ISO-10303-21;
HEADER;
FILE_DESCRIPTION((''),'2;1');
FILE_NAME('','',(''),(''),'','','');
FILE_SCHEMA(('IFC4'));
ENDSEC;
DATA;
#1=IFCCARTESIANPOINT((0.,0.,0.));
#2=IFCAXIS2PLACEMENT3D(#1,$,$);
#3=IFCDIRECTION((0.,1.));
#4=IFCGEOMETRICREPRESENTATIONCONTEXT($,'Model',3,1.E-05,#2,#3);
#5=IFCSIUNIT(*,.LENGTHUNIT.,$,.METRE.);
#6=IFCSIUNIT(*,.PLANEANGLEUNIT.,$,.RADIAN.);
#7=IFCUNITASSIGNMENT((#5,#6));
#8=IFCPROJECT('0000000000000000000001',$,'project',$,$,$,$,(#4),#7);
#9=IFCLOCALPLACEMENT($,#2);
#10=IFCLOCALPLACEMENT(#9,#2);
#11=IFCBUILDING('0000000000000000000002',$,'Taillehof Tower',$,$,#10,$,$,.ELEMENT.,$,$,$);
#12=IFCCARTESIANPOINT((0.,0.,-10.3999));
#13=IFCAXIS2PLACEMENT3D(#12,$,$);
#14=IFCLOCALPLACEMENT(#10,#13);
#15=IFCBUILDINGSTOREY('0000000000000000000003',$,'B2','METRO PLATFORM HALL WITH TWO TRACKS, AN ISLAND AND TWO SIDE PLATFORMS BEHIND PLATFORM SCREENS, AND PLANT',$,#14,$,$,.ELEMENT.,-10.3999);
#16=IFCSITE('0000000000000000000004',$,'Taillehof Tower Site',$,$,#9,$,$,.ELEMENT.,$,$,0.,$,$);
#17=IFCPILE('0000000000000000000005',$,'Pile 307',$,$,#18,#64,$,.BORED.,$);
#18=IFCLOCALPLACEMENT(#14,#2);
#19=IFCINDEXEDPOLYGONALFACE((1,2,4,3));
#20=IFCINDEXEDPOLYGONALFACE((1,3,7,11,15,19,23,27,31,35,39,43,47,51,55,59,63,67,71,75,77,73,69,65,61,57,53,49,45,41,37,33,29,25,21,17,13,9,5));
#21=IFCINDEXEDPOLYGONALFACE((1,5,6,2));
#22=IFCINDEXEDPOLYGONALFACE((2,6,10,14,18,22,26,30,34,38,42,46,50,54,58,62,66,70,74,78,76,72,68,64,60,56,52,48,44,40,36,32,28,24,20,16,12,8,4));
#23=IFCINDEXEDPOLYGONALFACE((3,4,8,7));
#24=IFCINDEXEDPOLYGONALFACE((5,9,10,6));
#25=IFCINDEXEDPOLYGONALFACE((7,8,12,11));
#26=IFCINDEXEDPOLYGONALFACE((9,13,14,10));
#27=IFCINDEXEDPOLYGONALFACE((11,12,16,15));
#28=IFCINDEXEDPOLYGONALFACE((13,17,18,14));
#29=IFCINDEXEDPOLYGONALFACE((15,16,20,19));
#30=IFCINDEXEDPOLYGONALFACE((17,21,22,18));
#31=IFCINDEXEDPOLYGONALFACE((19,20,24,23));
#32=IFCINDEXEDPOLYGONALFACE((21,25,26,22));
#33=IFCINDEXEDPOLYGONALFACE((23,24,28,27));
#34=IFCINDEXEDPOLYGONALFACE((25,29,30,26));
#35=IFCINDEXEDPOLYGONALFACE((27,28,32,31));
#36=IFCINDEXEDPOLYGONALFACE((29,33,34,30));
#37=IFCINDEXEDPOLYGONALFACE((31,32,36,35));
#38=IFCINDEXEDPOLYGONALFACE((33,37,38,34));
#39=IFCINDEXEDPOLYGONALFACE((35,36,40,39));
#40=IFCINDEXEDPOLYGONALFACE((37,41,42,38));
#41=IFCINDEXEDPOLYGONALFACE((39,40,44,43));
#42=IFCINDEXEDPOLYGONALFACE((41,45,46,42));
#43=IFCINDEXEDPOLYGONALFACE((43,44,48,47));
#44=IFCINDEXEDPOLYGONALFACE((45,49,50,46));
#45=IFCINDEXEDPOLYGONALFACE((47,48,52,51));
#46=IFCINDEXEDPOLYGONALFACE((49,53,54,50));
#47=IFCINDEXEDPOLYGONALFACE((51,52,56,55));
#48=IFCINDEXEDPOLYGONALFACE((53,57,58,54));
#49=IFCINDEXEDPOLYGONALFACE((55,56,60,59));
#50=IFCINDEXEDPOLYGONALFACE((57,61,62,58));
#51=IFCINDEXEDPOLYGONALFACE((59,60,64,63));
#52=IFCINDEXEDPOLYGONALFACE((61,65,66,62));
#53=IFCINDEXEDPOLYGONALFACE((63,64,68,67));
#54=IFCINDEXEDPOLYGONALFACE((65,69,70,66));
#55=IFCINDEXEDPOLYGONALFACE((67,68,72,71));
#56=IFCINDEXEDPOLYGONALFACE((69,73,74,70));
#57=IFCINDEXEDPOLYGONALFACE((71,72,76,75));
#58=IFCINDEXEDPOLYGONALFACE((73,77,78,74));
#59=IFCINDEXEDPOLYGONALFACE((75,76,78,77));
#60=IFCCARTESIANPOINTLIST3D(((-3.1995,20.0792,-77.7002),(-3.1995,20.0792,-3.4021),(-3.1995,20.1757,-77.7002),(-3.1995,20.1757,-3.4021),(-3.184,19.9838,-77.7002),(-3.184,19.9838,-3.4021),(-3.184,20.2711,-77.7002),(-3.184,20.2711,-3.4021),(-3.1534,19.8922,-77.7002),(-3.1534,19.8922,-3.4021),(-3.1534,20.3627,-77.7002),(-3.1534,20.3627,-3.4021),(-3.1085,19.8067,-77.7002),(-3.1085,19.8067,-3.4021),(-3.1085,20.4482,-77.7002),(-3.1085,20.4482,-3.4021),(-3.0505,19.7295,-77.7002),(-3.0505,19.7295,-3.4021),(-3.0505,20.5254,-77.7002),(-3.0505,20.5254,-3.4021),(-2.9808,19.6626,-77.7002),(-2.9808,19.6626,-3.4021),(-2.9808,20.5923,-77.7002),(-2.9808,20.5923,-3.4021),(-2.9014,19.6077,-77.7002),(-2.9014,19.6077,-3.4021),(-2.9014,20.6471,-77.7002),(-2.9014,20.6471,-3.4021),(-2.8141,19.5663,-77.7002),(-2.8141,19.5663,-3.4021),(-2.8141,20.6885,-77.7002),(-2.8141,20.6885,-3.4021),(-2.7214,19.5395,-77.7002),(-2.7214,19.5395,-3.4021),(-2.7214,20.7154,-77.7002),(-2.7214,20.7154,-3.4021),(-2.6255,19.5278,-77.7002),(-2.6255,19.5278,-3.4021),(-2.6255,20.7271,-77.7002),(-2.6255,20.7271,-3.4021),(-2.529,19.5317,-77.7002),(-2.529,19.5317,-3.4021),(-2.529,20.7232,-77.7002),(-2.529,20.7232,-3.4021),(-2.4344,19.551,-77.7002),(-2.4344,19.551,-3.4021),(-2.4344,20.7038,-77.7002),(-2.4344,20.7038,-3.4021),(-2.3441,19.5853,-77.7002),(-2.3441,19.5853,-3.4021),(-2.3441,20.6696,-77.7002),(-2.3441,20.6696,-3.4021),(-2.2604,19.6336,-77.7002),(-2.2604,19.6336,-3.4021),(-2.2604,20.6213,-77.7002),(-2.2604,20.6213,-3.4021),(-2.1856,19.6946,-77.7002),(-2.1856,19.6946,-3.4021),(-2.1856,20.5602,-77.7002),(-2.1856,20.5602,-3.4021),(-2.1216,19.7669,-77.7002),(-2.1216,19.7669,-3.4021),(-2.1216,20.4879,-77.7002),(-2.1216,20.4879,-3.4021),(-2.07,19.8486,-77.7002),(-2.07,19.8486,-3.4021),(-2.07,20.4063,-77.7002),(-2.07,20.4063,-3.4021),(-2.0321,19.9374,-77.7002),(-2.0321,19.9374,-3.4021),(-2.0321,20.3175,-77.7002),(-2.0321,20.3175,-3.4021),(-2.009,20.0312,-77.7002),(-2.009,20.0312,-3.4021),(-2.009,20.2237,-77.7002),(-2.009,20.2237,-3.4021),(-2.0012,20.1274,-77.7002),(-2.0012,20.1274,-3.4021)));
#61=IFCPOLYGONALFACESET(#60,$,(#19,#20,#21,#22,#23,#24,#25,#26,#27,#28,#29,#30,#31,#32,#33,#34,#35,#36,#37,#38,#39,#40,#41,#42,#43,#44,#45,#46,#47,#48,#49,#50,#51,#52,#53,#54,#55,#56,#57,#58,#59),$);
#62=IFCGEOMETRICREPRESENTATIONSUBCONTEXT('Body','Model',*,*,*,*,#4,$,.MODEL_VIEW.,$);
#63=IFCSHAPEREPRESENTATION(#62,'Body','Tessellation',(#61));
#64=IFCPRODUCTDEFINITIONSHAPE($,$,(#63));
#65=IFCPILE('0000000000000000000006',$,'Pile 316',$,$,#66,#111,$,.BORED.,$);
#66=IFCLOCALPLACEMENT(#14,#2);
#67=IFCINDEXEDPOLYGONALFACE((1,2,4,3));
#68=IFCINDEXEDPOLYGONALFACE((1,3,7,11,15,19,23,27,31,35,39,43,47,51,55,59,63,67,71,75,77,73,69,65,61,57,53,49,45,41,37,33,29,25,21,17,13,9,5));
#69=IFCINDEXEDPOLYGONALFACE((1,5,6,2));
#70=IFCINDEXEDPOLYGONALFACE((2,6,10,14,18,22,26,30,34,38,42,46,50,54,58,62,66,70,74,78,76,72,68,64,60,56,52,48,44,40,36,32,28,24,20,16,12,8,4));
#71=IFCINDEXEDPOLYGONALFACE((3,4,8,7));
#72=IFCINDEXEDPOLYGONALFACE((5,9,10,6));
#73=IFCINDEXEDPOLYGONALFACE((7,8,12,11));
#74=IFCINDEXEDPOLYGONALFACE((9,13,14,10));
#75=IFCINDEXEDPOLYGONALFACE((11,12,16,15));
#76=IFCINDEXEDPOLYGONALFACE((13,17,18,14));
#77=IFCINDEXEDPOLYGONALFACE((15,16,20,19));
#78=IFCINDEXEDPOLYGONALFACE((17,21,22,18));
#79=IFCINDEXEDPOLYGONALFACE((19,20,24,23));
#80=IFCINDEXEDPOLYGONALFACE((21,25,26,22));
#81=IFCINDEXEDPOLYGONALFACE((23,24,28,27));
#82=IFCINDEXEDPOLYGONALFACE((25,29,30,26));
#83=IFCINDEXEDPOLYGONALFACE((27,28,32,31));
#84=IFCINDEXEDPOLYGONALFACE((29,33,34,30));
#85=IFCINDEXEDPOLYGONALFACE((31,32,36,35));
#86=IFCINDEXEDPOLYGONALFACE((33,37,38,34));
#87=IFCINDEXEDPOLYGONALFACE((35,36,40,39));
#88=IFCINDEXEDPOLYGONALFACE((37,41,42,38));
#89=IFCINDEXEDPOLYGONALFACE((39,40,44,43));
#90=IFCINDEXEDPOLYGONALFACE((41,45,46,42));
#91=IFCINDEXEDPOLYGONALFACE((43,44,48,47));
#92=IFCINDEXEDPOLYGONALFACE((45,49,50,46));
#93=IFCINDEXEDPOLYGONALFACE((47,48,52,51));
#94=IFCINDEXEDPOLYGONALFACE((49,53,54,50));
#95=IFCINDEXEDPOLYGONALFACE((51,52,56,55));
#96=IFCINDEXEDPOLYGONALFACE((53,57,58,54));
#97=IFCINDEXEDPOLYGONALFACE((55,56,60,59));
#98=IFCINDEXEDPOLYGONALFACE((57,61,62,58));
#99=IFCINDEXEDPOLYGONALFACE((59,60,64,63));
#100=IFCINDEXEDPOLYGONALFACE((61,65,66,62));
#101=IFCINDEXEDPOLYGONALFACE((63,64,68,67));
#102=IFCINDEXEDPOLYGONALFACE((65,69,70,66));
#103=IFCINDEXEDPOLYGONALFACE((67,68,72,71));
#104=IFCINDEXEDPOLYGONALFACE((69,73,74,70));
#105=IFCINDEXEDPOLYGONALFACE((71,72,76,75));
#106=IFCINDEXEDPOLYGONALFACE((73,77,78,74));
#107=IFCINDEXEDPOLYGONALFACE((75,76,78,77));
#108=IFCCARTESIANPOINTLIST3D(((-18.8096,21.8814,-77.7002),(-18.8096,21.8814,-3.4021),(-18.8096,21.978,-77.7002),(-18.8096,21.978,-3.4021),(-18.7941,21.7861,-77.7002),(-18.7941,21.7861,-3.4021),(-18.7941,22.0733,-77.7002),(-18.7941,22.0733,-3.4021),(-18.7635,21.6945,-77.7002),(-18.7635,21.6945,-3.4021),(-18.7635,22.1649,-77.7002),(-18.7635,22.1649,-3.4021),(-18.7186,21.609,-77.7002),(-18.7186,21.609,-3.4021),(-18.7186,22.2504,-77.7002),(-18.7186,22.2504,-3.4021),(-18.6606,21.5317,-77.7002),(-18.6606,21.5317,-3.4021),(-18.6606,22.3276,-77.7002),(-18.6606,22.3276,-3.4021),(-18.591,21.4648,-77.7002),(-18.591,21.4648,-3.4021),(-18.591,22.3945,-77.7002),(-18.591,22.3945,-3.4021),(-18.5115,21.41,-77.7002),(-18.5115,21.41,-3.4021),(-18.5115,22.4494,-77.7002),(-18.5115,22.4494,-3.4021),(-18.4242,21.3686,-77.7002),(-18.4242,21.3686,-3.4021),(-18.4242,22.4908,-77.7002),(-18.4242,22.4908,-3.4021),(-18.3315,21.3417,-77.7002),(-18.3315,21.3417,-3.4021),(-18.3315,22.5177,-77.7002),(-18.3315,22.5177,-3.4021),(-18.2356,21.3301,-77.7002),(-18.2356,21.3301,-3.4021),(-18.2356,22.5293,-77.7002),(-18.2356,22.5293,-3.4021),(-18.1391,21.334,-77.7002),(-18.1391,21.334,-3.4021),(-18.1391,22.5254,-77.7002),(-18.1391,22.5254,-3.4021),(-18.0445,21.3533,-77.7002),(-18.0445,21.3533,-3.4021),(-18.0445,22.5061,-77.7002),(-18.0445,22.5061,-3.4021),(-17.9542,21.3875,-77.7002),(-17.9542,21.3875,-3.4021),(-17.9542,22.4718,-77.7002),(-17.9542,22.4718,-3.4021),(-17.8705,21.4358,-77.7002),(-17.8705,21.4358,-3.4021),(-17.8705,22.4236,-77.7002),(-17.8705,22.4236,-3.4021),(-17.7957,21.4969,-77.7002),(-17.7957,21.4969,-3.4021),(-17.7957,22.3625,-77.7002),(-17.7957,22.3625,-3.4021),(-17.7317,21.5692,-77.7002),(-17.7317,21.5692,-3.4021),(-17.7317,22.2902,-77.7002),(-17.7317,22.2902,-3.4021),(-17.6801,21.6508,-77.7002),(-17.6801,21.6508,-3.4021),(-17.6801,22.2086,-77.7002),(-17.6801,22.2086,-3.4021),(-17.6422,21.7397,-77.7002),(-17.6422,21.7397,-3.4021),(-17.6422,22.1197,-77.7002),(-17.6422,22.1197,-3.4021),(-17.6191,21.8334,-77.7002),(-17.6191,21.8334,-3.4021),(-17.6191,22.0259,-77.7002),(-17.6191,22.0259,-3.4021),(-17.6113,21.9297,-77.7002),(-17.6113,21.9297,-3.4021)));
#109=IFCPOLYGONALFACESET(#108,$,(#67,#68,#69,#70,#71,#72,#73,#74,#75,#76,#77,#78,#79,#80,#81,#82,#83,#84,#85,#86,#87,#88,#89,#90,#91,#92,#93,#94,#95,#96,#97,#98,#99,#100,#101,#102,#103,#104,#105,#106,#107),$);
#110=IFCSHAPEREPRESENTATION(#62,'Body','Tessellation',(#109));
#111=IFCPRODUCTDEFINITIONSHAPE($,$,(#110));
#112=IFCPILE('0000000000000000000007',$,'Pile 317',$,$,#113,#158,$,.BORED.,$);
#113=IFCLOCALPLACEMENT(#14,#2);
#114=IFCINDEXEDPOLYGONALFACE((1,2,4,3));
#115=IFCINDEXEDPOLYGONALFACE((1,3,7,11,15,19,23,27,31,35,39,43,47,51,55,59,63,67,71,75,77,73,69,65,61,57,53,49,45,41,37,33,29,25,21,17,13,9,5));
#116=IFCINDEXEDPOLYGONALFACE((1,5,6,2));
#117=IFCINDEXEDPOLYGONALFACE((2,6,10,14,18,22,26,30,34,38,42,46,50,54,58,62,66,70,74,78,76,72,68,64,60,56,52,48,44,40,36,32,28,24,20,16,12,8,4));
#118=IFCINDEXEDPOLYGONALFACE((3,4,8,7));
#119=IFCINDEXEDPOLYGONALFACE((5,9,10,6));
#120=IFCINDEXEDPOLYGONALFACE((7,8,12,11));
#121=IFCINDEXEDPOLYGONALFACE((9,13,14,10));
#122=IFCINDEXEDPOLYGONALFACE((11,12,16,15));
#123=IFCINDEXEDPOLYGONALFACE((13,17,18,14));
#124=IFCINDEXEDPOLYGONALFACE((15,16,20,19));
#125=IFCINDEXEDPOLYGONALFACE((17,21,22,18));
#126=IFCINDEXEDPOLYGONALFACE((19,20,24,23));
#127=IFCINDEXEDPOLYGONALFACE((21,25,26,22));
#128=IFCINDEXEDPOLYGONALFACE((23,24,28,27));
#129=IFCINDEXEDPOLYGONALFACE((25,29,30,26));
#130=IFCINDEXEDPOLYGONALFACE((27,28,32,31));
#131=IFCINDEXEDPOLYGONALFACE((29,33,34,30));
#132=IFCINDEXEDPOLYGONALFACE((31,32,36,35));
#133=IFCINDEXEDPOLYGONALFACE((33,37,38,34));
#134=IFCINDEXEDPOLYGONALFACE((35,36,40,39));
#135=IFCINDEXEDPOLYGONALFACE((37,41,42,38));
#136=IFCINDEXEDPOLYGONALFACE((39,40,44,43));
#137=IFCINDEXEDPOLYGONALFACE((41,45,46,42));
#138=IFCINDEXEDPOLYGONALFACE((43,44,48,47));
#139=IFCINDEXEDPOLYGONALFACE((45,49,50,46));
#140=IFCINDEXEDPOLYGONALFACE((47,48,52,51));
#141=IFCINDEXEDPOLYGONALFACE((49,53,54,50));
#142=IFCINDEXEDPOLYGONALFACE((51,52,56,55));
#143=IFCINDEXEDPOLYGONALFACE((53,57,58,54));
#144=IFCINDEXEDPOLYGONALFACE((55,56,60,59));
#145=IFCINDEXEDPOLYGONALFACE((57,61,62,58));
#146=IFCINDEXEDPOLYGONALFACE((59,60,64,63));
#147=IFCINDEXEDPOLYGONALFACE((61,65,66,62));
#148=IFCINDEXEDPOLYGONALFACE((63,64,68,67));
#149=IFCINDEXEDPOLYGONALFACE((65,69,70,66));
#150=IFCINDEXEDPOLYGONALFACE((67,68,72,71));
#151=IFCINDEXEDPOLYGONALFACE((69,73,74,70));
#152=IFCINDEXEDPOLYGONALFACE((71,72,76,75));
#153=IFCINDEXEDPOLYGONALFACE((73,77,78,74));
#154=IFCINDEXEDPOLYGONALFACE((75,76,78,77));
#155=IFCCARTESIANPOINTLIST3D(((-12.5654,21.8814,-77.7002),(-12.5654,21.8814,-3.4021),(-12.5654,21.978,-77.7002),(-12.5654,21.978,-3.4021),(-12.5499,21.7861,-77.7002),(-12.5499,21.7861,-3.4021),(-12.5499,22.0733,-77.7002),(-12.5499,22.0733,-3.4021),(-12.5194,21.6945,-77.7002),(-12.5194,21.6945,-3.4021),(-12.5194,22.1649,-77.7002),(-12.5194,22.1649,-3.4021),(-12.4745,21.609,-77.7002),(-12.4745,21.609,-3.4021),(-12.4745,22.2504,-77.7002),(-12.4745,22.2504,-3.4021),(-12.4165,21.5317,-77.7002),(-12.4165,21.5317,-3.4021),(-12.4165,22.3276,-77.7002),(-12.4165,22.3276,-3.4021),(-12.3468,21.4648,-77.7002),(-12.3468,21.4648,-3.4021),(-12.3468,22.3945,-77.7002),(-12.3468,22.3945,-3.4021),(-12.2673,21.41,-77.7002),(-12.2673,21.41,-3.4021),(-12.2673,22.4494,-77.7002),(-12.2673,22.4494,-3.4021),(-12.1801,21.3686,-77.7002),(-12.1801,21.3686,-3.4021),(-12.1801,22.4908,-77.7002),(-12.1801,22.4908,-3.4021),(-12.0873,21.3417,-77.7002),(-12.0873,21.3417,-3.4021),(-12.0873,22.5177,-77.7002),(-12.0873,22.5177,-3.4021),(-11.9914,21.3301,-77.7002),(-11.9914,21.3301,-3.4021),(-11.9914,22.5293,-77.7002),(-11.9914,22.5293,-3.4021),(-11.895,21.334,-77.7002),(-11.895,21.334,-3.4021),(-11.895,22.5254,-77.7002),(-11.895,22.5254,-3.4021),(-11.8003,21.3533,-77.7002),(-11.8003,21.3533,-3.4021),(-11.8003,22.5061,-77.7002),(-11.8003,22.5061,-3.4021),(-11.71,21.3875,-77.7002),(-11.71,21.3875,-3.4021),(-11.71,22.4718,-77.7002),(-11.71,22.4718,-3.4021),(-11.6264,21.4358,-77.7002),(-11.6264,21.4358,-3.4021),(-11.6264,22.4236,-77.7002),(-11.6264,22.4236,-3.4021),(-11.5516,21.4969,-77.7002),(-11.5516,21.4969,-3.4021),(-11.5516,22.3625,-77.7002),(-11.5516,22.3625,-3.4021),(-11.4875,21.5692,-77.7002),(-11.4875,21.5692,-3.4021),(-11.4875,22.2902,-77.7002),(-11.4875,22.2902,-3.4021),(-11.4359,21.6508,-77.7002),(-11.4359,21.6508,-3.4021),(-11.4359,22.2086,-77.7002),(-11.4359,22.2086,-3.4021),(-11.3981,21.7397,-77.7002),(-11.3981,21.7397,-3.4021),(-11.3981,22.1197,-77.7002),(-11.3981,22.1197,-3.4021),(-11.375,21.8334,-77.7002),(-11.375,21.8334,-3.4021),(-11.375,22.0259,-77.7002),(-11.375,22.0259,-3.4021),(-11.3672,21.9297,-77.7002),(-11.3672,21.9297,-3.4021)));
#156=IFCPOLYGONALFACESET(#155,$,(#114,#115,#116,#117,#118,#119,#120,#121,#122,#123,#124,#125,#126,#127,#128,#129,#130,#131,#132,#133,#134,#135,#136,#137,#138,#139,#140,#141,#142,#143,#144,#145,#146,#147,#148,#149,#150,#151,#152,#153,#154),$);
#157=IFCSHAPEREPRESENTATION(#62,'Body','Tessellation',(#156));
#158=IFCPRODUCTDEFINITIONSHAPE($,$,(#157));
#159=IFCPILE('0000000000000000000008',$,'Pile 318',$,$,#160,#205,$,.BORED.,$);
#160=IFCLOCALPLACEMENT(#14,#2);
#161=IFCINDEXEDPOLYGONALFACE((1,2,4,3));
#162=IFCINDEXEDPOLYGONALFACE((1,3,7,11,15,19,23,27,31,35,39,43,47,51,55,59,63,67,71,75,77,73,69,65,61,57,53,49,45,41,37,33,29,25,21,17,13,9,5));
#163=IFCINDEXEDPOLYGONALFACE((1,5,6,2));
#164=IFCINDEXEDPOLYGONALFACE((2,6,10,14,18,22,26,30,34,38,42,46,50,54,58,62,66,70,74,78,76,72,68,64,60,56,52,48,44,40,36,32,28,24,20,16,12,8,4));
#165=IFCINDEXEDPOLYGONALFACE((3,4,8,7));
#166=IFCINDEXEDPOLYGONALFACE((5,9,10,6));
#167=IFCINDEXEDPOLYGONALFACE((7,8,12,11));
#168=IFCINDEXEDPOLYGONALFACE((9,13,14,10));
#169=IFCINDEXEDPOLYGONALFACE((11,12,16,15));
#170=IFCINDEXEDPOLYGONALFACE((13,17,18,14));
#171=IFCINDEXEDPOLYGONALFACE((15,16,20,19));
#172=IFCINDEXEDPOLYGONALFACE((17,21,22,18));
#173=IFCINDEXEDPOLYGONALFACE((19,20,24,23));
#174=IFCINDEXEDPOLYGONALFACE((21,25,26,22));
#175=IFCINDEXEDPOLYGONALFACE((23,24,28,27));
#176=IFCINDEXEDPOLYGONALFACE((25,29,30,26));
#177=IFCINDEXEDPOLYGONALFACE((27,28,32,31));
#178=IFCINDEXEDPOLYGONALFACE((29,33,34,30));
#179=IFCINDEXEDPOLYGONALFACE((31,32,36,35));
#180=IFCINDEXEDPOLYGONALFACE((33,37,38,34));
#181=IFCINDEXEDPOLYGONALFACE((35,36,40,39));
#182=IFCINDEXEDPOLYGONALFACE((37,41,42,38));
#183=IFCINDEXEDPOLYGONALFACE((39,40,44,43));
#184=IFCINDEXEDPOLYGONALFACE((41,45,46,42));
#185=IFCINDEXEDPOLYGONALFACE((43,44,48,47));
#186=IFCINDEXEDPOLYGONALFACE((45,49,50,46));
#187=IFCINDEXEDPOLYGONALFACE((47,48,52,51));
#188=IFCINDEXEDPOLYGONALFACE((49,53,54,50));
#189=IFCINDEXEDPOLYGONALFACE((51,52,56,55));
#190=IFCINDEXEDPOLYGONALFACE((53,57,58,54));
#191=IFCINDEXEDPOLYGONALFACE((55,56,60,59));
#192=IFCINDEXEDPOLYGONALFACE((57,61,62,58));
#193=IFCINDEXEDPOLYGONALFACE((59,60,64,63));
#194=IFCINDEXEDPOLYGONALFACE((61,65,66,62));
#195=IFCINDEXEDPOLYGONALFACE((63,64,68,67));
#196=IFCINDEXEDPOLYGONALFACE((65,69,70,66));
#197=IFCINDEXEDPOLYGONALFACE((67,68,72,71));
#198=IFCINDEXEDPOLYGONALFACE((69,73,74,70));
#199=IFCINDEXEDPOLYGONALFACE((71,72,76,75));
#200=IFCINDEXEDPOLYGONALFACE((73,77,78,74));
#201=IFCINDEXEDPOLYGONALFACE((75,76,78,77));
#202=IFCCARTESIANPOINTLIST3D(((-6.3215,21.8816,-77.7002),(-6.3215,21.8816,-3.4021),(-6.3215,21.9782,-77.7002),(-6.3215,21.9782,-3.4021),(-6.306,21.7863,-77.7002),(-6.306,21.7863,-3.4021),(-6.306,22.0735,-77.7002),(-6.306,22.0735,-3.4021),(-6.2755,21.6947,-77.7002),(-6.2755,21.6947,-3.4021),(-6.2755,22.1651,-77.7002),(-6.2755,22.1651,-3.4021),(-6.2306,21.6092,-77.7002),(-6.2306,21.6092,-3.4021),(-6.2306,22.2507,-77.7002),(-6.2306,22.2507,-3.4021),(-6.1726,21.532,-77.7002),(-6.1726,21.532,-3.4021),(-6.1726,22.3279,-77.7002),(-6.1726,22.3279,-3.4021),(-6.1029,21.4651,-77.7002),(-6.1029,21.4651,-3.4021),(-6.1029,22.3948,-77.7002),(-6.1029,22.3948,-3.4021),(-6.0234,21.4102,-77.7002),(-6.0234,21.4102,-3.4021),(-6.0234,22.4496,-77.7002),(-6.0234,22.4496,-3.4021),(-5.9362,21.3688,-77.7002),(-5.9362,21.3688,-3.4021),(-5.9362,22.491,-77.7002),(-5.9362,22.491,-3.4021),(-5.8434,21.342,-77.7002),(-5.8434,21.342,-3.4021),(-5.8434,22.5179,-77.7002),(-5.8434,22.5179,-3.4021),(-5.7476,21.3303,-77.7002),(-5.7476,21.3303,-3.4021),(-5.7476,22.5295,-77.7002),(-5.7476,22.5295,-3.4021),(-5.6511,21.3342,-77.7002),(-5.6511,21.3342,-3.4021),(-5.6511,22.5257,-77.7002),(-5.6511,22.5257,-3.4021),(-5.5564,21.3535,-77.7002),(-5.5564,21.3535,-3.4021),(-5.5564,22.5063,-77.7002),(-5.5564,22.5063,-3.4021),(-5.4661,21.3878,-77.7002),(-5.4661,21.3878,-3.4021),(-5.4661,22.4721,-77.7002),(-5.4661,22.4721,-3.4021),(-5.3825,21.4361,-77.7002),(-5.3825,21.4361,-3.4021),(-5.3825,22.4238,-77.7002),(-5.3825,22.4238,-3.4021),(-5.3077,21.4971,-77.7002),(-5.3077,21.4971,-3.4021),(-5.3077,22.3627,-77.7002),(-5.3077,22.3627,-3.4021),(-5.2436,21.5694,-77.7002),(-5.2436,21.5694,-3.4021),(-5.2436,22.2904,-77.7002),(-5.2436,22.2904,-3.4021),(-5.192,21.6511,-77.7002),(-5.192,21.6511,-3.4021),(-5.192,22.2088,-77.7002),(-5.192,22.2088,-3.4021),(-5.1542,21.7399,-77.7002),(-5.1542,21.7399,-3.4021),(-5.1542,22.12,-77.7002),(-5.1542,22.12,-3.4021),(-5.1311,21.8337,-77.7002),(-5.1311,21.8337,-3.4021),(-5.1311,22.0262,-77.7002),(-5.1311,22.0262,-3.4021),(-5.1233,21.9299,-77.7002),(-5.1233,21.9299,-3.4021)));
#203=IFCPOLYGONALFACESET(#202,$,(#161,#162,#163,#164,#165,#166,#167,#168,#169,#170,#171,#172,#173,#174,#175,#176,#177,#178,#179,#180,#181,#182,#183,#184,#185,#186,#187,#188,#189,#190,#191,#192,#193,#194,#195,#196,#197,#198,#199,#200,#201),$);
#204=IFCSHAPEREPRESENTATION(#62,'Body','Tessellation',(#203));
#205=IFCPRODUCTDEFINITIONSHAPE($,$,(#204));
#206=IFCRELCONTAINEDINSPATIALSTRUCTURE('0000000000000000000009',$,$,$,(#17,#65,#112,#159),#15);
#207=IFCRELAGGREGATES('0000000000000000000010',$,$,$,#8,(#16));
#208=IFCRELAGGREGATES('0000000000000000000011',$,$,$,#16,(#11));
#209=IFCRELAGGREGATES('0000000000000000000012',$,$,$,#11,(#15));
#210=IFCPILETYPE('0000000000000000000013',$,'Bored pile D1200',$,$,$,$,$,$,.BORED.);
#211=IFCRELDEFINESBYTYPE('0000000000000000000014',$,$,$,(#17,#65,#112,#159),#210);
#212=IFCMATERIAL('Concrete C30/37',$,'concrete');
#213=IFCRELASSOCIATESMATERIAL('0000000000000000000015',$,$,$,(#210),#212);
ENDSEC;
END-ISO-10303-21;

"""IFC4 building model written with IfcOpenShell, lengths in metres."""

from ifc_helpers import new_model, si_unit, direction, frame, origin, origin_2d, place, context, subcontext, project, spatial, circle, extrude, material, material_profile, profile_set, type_object, element, save


model = new_model("IFC4")

# Units and contexts
model_context = context("Model", 3, precision=1e-05, world=origin(), true_north=direction((0.0, 1.0)))
body_context = subcontext(model_context, "Body", "Model", "MODEL_VIEW")
ifc_project = project(units=[si_unit("LENGTHUNIT", "METRE"), si_unit("PLANEANGLEUNIT", "RADIAN")], contexts=[model_context])

# Site, building, storey
site_placement = place(None, origin())
site = spatial("IfcSite", under=ifc_project, at=site_placement, Name="Taillehof Tower Site", CompositionType="ELEMENT", RefElevation=0.0)
building_placement = place(site_placement, origin())
building = spatial("IfcBuilding", under=site, at=building_placement, Name="Taillehof Tower", CompositionType="ELEMENT")
storey_placement = place(building_placement, frame((0.0, 0.0, -10.3999)))
storey = spatial("IfcBuildingStorey", under=building, at=storey_placement, Name="B2", Description="METRO PLATFORM HALL WITH TWO TRACKS, AN ISLAND AND TWO SIDE PLATFORMS BEHIND PLATFORM SCREENS, AND PLANT", CompositionType="ELEMENT", Elevation=-10.3999)

# Piles
ifc_material_1 = material(Name="Concrete C30/37", Category="concrete")
ifc_material_profile_1 = material_profile(ifc_material_1, circle(Radius=0.6001, at=origin_2d()), Name="BP D1200")
ifc_profile_set_1 = profile_set([ifc_material_profile_1], Name="Concrete C30/37")
pile_type = type_object("IfcPileType", Name="Bored pile D1200", PredefinedType="BORED", material=ifc_profile_set_1)
for number, where, z_axis, x_axis, name in (
    (1, (-2.6013, 20.1274, -3.4021), (0.0, 0.0, -1.0), (1.0, 0.0, 0.0), "Pile 307"),
    (2, (-18.2114, 21.9297, -3.4021), (0.0, 0.0, -1.0), (1.0, 0.0, 0.0), "Pile 316"),
    (3, (-11.9673, 21.9297, -3.4021), (0.0, 0.0, -1.0), (1.0, 0.0, 0.0), "Pile 317"),
    (4, (-5.7234, 21.9299, -3.4021), (0.0, 0.0, -1.0), (1.0, 0.0, 0.0), "Pile 318"),
):
    element("IfcPile", number, at=place(storey_placement, frame(where, z_axis=z_axis, x_axis=x_axis)), inside=storey, type_object=pile_type, Name=name, PredefinedType="BORED", context=body_context, shape_type="SweptSolid", body=[
        extrude(circle(Radius=0.6001, at=origin_2d()), origin(), (0.0, 0.0, 1.0), 74.2981),
    ])

save(model, "model.ifc")
